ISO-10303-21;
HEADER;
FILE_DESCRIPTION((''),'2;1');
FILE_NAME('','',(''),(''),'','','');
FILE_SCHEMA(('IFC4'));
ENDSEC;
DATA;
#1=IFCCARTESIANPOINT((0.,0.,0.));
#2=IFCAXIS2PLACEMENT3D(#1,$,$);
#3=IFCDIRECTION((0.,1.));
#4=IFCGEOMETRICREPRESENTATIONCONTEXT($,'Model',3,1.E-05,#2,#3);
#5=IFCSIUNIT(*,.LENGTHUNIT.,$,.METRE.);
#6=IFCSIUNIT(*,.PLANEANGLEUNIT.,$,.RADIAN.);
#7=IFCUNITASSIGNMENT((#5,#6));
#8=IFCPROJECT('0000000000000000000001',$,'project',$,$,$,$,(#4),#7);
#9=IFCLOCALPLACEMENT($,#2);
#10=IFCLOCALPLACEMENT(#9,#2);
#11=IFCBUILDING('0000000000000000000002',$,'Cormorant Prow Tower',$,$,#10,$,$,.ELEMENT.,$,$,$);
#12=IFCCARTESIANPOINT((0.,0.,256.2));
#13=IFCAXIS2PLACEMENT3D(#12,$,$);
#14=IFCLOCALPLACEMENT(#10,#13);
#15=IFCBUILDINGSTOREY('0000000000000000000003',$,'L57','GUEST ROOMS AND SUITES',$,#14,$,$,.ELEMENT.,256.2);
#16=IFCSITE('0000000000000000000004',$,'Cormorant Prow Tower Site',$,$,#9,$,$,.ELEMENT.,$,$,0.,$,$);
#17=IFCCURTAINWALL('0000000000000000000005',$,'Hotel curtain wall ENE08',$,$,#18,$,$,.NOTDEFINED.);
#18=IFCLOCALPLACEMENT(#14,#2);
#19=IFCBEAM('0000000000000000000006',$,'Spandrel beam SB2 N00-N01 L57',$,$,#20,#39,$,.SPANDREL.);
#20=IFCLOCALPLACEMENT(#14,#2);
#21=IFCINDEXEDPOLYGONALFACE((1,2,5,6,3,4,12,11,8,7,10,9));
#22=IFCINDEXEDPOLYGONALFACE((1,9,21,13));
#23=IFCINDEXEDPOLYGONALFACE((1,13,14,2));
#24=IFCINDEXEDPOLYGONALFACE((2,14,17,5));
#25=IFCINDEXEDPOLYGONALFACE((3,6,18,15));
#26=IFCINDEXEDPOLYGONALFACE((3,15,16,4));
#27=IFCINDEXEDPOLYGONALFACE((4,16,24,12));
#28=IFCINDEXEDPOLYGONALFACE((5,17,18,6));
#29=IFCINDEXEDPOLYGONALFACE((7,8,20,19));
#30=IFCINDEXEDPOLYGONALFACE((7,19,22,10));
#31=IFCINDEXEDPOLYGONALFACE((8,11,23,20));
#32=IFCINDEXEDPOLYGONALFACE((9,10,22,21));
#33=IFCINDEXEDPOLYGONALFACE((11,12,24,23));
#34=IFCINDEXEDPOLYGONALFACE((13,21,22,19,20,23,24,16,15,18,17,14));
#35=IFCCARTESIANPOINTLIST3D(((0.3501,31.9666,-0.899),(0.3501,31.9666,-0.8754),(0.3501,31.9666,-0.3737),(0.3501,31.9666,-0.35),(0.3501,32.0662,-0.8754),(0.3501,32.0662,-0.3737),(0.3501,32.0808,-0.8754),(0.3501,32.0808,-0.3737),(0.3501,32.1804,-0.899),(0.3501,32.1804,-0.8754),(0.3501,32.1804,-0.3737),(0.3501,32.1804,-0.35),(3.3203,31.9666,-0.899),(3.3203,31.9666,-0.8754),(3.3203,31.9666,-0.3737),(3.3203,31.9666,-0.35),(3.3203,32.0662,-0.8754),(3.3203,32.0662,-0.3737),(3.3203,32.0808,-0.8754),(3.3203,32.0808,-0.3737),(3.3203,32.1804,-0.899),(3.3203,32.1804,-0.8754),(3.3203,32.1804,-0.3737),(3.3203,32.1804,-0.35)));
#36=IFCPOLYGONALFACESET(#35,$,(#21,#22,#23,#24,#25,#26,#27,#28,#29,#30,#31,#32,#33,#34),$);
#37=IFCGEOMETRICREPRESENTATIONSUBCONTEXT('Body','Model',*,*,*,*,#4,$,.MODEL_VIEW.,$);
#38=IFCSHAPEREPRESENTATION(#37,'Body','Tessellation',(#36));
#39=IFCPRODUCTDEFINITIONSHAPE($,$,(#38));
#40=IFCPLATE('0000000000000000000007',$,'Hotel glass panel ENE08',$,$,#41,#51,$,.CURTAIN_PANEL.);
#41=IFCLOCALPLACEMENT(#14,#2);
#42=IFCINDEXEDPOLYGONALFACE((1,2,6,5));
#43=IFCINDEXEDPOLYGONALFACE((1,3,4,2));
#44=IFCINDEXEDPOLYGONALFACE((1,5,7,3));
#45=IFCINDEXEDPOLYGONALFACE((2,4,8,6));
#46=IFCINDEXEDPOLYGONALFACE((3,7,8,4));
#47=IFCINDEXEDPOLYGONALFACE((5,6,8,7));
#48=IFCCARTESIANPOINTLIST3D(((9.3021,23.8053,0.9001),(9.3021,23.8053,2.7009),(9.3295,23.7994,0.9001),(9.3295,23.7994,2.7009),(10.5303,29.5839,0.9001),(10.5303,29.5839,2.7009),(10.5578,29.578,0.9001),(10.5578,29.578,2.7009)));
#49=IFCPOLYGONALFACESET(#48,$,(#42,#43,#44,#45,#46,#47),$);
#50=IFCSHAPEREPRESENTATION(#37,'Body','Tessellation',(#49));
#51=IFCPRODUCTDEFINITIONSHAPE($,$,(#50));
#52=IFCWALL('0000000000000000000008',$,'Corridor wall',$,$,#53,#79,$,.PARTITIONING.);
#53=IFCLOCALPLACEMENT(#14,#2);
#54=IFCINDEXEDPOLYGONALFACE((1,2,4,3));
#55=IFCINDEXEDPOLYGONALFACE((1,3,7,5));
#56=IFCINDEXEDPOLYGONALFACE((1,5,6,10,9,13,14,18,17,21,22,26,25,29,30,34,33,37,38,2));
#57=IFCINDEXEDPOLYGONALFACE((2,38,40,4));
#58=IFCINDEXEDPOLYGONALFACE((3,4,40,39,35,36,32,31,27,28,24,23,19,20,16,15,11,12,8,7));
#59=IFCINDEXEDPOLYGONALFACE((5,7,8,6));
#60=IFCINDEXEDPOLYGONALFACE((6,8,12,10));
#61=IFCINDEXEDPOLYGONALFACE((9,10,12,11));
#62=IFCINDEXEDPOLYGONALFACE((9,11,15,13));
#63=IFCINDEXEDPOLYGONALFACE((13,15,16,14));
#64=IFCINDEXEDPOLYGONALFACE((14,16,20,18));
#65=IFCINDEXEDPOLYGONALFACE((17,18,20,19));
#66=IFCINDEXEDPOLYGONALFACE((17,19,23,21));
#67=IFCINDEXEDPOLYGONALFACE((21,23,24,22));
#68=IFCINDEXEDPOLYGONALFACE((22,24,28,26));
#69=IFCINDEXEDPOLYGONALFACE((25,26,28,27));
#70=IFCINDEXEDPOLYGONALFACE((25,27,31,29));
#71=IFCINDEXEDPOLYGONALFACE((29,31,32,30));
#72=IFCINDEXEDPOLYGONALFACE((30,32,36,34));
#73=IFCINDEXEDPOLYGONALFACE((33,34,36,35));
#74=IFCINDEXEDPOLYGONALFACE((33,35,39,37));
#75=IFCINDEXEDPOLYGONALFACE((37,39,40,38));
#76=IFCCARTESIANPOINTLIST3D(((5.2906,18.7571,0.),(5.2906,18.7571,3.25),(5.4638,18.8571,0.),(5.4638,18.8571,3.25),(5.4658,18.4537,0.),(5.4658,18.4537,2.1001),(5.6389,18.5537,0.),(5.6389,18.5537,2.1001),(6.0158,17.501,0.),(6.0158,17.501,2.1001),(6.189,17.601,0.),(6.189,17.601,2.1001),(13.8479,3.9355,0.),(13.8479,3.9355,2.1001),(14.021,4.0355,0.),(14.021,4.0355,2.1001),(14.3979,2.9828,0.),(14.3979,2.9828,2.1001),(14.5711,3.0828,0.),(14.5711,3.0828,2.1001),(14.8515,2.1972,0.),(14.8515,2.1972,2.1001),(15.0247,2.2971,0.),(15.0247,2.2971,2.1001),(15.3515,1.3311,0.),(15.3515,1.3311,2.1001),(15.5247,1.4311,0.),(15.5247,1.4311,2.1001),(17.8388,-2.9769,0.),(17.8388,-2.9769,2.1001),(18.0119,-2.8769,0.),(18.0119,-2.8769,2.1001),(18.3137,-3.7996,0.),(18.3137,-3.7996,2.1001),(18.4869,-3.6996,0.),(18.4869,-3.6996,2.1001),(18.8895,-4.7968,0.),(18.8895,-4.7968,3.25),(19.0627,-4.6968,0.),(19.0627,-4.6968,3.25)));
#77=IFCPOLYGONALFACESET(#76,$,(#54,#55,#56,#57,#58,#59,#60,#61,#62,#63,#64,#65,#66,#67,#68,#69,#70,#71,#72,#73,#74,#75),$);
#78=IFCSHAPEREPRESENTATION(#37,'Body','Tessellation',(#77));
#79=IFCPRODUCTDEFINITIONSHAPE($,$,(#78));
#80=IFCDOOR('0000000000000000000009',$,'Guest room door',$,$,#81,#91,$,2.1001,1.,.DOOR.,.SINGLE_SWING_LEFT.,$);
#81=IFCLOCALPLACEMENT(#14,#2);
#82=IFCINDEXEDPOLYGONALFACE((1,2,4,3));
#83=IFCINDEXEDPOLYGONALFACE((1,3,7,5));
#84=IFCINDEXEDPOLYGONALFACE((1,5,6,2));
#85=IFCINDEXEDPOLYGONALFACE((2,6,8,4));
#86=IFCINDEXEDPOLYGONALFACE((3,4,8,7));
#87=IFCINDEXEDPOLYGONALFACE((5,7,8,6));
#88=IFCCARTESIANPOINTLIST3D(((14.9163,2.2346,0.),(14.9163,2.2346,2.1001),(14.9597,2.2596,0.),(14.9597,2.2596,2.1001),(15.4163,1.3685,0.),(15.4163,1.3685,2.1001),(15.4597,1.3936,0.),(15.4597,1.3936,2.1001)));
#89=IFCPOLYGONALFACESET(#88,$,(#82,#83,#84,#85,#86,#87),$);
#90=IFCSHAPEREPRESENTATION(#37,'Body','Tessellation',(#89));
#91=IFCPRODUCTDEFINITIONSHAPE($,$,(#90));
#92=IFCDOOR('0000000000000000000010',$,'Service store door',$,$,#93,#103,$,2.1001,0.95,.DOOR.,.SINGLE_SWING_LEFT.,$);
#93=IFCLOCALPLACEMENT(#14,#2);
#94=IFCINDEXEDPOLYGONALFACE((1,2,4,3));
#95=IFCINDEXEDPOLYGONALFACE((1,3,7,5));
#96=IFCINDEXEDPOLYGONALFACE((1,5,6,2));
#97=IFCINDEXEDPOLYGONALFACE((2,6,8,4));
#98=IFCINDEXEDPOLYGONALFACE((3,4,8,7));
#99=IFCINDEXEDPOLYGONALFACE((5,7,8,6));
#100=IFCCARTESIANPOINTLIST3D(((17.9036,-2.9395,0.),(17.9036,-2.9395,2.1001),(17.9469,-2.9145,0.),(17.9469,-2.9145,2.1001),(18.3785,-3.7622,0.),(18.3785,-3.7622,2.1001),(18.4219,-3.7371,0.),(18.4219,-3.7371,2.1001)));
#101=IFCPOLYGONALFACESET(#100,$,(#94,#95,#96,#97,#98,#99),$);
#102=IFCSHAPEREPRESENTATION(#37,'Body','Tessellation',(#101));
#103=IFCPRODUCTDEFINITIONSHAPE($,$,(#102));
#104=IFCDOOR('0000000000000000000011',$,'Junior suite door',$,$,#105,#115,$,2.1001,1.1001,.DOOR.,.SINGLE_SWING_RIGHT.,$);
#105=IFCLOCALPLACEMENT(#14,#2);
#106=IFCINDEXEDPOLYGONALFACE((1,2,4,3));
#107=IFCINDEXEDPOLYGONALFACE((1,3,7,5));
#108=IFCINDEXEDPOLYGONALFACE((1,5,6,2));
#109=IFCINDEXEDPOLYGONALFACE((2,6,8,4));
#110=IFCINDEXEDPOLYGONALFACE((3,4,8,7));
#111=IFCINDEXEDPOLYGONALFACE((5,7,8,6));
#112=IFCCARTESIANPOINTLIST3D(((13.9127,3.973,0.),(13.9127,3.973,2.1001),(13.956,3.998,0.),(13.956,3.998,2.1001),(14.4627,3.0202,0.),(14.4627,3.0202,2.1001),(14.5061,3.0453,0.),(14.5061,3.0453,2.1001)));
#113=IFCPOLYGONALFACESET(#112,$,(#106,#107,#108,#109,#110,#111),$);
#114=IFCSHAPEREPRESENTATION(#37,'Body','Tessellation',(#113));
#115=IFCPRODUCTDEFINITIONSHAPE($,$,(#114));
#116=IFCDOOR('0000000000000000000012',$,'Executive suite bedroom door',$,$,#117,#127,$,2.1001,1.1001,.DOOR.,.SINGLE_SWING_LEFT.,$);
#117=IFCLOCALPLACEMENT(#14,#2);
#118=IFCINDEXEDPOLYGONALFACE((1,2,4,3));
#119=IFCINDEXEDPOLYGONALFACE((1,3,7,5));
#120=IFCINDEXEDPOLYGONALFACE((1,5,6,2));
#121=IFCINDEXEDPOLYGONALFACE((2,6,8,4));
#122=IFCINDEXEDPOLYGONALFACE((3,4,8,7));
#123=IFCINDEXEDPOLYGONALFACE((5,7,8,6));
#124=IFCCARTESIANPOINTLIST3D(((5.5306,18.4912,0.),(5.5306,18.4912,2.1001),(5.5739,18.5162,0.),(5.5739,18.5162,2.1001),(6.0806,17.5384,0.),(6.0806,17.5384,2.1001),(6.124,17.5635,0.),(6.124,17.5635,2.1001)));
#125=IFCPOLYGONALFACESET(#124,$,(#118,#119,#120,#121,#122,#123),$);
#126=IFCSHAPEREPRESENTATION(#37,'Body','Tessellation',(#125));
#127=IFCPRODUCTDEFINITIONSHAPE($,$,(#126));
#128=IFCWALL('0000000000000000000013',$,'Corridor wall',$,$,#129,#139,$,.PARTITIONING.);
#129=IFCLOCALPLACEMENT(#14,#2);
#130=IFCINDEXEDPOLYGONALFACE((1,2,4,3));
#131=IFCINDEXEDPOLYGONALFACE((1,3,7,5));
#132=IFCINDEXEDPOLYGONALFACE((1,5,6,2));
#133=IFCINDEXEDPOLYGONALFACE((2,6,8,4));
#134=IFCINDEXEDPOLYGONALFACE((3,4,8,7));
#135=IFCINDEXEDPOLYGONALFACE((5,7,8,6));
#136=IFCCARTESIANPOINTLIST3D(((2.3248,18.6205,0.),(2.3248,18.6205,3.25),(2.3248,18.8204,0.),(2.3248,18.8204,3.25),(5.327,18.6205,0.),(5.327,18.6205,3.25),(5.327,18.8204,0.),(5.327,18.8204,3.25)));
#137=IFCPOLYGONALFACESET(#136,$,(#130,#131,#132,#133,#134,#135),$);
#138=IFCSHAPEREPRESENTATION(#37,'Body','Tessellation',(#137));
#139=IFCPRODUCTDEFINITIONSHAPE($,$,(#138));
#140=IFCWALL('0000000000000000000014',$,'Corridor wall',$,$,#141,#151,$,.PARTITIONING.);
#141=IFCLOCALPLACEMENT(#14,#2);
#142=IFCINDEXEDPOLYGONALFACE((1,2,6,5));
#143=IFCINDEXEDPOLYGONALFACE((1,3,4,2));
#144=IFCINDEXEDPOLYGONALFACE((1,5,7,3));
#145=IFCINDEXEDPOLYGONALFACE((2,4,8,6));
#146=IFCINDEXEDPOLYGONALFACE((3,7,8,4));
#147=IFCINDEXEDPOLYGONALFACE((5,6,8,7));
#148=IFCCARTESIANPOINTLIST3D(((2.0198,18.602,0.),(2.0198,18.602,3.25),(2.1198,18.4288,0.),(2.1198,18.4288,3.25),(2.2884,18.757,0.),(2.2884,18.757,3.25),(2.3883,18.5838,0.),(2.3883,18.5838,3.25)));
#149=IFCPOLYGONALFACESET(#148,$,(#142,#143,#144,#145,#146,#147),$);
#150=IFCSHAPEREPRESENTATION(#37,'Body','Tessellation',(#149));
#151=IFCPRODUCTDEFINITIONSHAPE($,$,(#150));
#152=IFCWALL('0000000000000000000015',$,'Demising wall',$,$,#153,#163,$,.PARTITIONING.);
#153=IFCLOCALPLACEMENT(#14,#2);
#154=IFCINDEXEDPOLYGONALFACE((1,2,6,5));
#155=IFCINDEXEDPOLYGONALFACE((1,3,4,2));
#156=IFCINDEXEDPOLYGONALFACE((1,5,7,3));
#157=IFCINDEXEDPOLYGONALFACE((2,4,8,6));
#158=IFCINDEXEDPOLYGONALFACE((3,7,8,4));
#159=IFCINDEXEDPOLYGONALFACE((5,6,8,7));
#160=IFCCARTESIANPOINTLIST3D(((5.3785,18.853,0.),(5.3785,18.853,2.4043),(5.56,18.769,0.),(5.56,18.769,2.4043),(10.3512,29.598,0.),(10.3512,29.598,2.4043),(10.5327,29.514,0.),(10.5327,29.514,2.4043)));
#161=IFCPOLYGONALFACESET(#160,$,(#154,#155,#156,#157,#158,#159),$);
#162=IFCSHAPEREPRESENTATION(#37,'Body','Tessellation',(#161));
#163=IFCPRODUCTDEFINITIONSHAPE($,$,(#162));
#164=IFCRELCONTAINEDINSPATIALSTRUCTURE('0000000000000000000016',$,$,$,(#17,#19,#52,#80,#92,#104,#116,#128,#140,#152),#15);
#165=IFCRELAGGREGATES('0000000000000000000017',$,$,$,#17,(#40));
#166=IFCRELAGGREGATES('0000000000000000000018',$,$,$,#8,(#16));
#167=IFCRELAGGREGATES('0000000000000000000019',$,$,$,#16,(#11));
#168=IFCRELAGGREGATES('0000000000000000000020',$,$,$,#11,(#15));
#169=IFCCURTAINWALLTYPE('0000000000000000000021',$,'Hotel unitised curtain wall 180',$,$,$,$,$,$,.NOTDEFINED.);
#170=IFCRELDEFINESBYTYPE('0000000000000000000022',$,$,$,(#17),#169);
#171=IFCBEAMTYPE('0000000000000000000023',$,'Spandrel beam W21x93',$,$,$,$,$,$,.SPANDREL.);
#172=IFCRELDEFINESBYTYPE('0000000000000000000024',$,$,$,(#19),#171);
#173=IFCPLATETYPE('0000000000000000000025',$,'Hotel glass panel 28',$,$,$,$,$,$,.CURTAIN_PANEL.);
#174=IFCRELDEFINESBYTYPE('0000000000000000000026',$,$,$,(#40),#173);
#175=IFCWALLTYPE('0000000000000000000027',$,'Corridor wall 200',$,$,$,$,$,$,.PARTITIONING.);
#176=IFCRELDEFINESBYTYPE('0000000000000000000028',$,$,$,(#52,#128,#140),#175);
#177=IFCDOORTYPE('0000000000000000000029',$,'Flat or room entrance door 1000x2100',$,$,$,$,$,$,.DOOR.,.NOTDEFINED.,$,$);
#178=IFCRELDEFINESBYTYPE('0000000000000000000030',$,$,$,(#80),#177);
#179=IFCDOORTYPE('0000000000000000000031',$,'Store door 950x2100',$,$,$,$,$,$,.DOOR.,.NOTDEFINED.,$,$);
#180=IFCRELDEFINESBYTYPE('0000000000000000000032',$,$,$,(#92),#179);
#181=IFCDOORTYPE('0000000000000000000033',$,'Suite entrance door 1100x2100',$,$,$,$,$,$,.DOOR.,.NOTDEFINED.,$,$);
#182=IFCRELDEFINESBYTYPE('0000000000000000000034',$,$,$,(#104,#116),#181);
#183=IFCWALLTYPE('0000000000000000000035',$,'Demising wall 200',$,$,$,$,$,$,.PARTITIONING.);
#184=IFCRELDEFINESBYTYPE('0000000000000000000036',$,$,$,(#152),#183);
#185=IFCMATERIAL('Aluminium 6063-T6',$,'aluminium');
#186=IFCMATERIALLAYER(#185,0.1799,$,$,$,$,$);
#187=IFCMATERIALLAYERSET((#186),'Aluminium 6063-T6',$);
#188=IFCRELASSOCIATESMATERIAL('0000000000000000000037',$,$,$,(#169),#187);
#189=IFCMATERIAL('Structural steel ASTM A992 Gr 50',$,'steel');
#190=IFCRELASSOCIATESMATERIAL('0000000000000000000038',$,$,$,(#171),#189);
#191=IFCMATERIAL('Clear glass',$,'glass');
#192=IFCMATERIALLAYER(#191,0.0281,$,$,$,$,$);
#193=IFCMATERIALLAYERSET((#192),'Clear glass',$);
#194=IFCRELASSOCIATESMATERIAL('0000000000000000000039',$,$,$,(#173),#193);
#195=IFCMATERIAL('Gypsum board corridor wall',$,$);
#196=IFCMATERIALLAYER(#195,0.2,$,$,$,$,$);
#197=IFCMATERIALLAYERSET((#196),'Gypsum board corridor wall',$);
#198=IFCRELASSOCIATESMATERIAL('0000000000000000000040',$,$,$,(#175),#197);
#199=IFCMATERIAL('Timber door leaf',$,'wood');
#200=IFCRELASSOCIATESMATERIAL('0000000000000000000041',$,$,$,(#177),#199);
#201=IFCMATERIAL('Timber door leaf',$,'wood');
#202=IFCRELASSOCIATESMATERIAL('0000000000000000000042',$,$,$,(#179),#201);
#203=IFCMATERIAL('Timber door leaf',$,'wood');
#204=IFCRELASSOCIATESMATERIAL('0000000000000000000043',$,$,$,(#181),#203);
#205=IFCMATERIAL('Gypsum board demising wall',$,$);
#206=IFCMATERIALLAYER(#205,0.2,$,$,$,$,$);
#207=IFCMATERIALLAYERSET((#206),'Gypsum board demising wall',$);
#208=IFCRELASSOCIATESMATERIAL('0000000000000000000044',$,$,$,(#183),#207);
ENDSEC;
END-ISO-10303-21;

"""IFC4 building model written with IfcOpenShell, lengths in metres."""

from ifc_helpers import new_model, si_unit, direction, frame, frame_2d, origin, origin_2d, place, context, subcontext, project, spatial, rectangle, i_section, extrude, material, layer, layer_set, material_profile, profile_set, type_object, element, fill, aggregate, save


model = new_model("IFC4")

# Units and contexts
model_context = context("Model", 3, precision=1e-05, world=origin(), true_north=direction((0.0, 1.0)))
body_context = subcontext(model_context, "Body", "Model", "MODEL_VIEW")
ifc_project = project(units=[si_unit("LENGTHUNIT", "METRE"), si_unit("PLANEANGLEUNIT", "RADIAN")], contexts=[model_context])

# Site, building, storey
site_placement = place(None, origin())
site = spatial("IfcSite", under=ifc_project, at=site_placement, Name="Cormorant Prow Tower Site", CompositionType="ELEMENT", RefElevation=0.0)
building_placement = place(site_placement, origin())
building = spatial("IfcBuilding", under=site, at=building_placement, Name="Cormorant Prow Tower", CompositionType="ELEMENT")
storey_placement = place(building_placement, frame((0.0, 0.0, 256.2)))
storey = spatial("IfcBuildingStorey", under=building, at=storey_placement, Name="L57", Description="GUEST ROOMS AND SUITES", CompositionType="ELEMENT", Elevation=256.2)

# Curtain wall
ifc_material_1 = material(Name="Aluminium 6063-T6", Category="aluminium")
ifc_layer_1 = layer(ifc_material_1, 0.1799)
ifc_layer_set_1 = layer_set([ifc_layer_1], Name="Aluminium 6063-T6")
curtain_wall_type = type_object("IfcCurtainWallType", Name="Hotel unitised curtain wall 180", PredefinedType="NOTDEFINED", material=ifc_layer_set_1)
curtain_wall_placement = place(storey_placement, origin())
curtain_wall = element("IfcCurtainWall", 1, at=curtain_wall_placement, inside=storey, type_object=curtain_wall_type, Name="Hotel curtain wall ENE08", PredefinedType="NOTDEFINED")

# Beam
ifc_material_2 = material(Name="Structural steel ASTM A992 Gr 50", Category="steel")
ifc_material_profile_1 = material_profile(ifc_material_2, i_section(OverallWidth=0.2139, OverallDepth=0.5491, WebThickness=0.0146, FlangeThickness=0.0237, at=origin_2d()), Name="W21x93")
ifc_profile_set_1 = profile_set([ifc_material_profile_1], Name="Structural steel ASTM A992 Gr 50")
beam_type = type_object("IfcBeamType", Name="Spandrel beam W21x93", PredefinedType="SPANDREL", material=ifc_profile_set_1)
beam_1_placement = place(storey_placement, frame((3.3203, 32.0735, -0.6245), z_axis=(-1.0, 0.0, 0.0), x_axis=(0.0, -1.0, 0.0)))
element("IfcBeam", 2, at=beam_1_placement, inside=storey, type_object=beam_type, Name="Spandrel beam SB2 N00-N01 L57", PredefinedType="SPANDREL", context=body_context, shape_type="SweptSolid", body=[
    extrude(i_section(OverallWidth=0.2139, OverallDepth=0.5491, WebThickness=0.0146, FlangeThickness=0.0237, at=origin_2d()), origin(), (0.0, 0.0, 1.0), 2.9702),
])

# Plate
ifc_material_3 = material(Name="Clear glass", Category="glass")
ifc_layer_2 = layer(ifc_material_3, 0.0281)
ifc_layer_set_2 = layer_set([ifc_layer_2], Name="Clear glass")
plate_type = type_object("IfcPlateType", Name="Hotel glass panel 28", PredefinedType="CURTAIN_PANEL", material=ifc_layer_set_2)
plate_placement = place(storey_placement, frame((9.9299, 26.6917, 0.9001), z_axis=(0.0, 0.0, 1.0), x_axis=(0.207912, 0.978148, 0.0)))
plate = element("IfcPlate", 3, at=plate_placement, type_object=plate_type, Name="Hotel glass panel ENE08", PredefinedType="CURTAIN_PANEL", context=body_context, shape_type="SweptSolid", body=[
    extrude(rectangle(XDim=5.9077, YDim=0.0281, at=origin_2d()), origin(), (0.0, 0.0, 1.0), 1.8008),
])
aggregate(curtain_wall, [plate])

# Wall, openings, doors
ifc_material_4 = material(Name="Gypsum board corridor wall")
ifc_layer_3 = layer(ifc_material_4, 0.2)
ifc_layer_set_3 = layer_set([ifc_layer_3], Name="Gypsum board corridor wall")
wall_type_1 = type_object("IfcWallType", Name="Corridor wall 200", PredefinedType="PARTITIONING", material=ifc_layer_set_3)
wall_1_placement = place(storey_placement, frame((5.3772, 18.8071, 0.0), z_axis=(0.0, 0.0, 1.0), x_axis=(0.5, -0.866025, 0.0)))
wall_1 = element("IfcWall", 4, at=wall_1_placement, inside=storey, type_object=wall_type_1, Name="Corridor wall", PredefinedType="PARTITIONING", context=body_context, shape_type="SweptSolid", body=[
    extrude(rectangle(XDim=27.1978, YDim=0.2, at=frame_2d((13.5989, 0.0))), origin(), (0.0, 0.0, 1.0), 3.25),
])
opening_1_placement = place(wall_1_placement, frame((25.0962, 0.0, 0.0)))
opening_1 = element("IfcOpeningElement", 5, at=opening_1_placement, cuts=wall_1, PredefinedType="OPENING", context=body_context, shape_type="SweptSolid", body=[
    extrude(rectangle(XDim=0.95, YDim=2.1001, at=frame_2d((0.4751, 1.05))), frame((0.0, 0.1099, 0.0), z_axis=(0.0, -1.0, 0.0), x_axis=(1.0, 0.0, 0.0)), (0.0, 0.0, 1.0), 0.22),
])
opening_2_placement = place(wall_1_placement, frame((19.1218, 0.0, 0.0)))
opening_2 = element("IfcOpeningElement", 6, at=opening_2_placement, cuts=wall_1, PredefinedType="OPENING", context=body_context, shape_type="SweptSolid", body=[
    extrude(rectangle(XDim=1.0, YDim=2.1001, at=frame_2d((0.5, 1.05))), frame((0.0, 0.1099, 0.0), z_axis=(0.0, -1.0, 0.0), x_axis=(1.0, 0.0, 0.0)), (0.0, 0.0, 1.0), 0.22),
])
opening_3_placement = place(wall_1_placement, frame((17.1145, 0.0, 0.0)))
opening_3 = element("IfcOpeningElement", 7, at=opening_3_placement, cuts=wall_1, PredefinedType="OPENING", context=body_context, shape_type="SweptSolid", body=[
    extrude(rectangle(XDim=1.1001, YDim=2.1001, at=frame_2d((0.55, 1.05))), frame((0.0, 0.1099, 0.0), z_axis=(0.0, -1.0, 0.0), x_axis=(1.0, 0.0, 0.0)), (0.0, 0.0, 1.0), 0.22),
])
opening_4_placement = place(wall_1_placement, frame((0.3503, 0.0, 0.0)))
opening_4 = element("IfcOpeningElement", 8, at=opening_4_placement, cuts=wall_1, PredefinedType="OPENING", context=body_context, shape_type="SweptSolid", body=[
    extrude(rectangle(XDim=1.1001, YDim=2.1001, at=frame_2d((0.55, 1.05))), frame((0.0, 0.1099, 0.0), z_axis=(0.0, -1.0, 0.0), x_axis=(1.0, 0.0, 0.0)), (0.0, 0.0, 1.0), 0.22),
])
ifc_material_5 = material(Name="Timber door leaf", Category="wood")
door_type_1 = type_object("IfcDoorType", Name="Flat or room entrance door 1000x2100", OperationType="NOTDEFINED", PredefinedType="DOOR", material=ifc_material_5)
door_1_placement = place(opening_2_placement, origin())
door_1 = element("IfcDoor", 9, at=door_1_placement, inside=storey, type_object=door_type_1, Name="Guest room door", OperationType="SINGLE_SWING_LEFT", OverallHeight=2.1001, OverallWidth=1.0, PredefinedType="DOOR", context=body_context, shape_type="SweptSolid", body=[
    extrude(rectangle(XDim=1.0, YDim=2.1001, at=frame_2d((0.5, 1.05))), frame((0.0, 0.0249, 0.0), z_axis=(0.0, -1.0, 0.0), x_axis=(1.0, 0.0, 0.0)), (0.0, 0.0, 1.0), 0.05),
])
fill(opening_2, door_1)
ifc_material_6 = material(Name="Timber door leaf", Category="wood")
door_type_2 = type_object("IfcDoorType", Name="Store door 950x2100", OperationType="NOTDEFINED", PredefinedType="DOOR", material=ifc_material_6)
door_2_placement = place(opening_1_placement, origin())
door_2 = element("IfcDoor", 10, at=door_2_placement, inside=storey, type_object=door_type_2, Name="Service store door", OperationType="SINGLE_SWING_LEFT", OverallHeight=2.1001, OverallWidth=0.95, PredefinedType="DOOR", context=body_context, shape_type="SweptSolid", body=[
    extrude(rectangle(XDim=0.95, YDim=2.1001, at=frame_2d((0.4751, 1.05))), frame((0.0, 0.0249, 0.0), z_axis=(0.0, -1.0, 0.0), x_axis=(1.0, 0.0, 0.0)), (0.0, 0.0, 1.0), 0.05),
])
fill(opening_1, door_2)
ifc_material_7 = material(Name="Timber door leaf", Category="wood")
door_type_3 = type_object("IfcDoorType", Name="Suite entrance door 1100x2100", OperationType="NOTDEFINED", PredefinedType="DOOR", material=ifc_material_7)
door_3_placement = place(opening_3_placement, origin())
door_3 = element("IfcDoor", 11, at=door_3_placement, inside=storey, type_object=door_type_3, Name="Junior suite door", OperationType="SINGLE_SWING_RIGHT", OverallHeight=2.1001, OverallWidth=1.1001, PredefinedType="DOOR", context=body_context, shape_type="SweptSolid", body=[
    extrude(rectangle(XDim=1.1001, YDim=2.1001, at=frame_2d((0.55, 1.05))), frame((0.0, 0.0249, 0.0), z_axis=(0.0, -1.0, 0.0), x_axis=(1.0, 0.0, 0.0)), (0.0, 0.0, 1.0), 0.05),
])
fill(opening_3, door_3)
door_4_placement = place(opening_4_placement, origin())
door_4 = element("IfcDoor", 12, at=door_4_placement, inside=storey, type_object=door_type_3, Name="Executive suite bedroom door", OperationType="SINGLE_SWING_LEFT", OverallHeight=2.1001, OverallWidth=1.1001, PredefinedType="DOOR", context=body_context, shape_type="SweptSolid", body=[
    extrude(rectangle(XDim=1.1001, YDim=2.1001, at=frame_2d((0.55, 1.05))), frame((0.0, 0.0249, 0.0), z_axis=(0.0, -1.0, 0.0), x_axis=(1.0, 0.0, 0.0)), (0.0, 0.0, 1.0), 0.05),
])
fill(opening_4, door_4)

# Walls
wall_2_placement = place(storey_placement, frame((2.325, 18.7205, 0.0), z_axis=(0.0, 0.0, 1.0), x_axis=(1.0, 0.0, 0.0)))
element("IfcWall", 13, at=wall_2_placement, inside=storey, type_object=wall_type_1, Name="Corridor wall", PredefinedType="PARTITIONING", context=body_context, shape_type="SweptSolid", body=[
    extrude(rectangle(XDim=3.0022, YDim=0.2, at=frame_2d((1.501, 0.0))), origin(), (0.0, 0.0, 1.0), 3.25),
])
wall_3_placement = place(storey_placement, frame((2.0698, 18.5154, 0.0), z_axis=(0.0, 0.0, 1.0), x_axis=(0.866054, 0.49995, 0.0)))
element("IfcWall", 14, at=wall_3_placement, inside=storey, type_object=wall_type_1, Name="Corridor wall", PredefinedType="PARTITIONING", context=body_context, shape_type="SweptSolid", body=[
    extrude(rectangle(XDim=0.3101, YDim=0.2, at=frame_2d((0.155, 0.0))), origin(), (0.0, 0.0, 1.0), 3.25),
])
ifc_material_8 = material(Name="Gypsum board demising wall")
ifc_layer_4 = layer(ifc_material_8, 0.2)
ifc_layer_set_4 = layer_set([ifc_layer_4], Name="Gypsum board demising wall")
wall_type_2 = type_object("IfcWallType", Name="Demising wall 200", PredefinedType="PARTITIONING", material=ifc_layer_set_4)
wall_4_placement = place(storey_placement, frame((5.4692, 18.811, 0.0), z_axis=(0.0, 0.0, 1.0), x_axis=(0.419997, 0.907526, 0.0)))
element("IfcWall", 15, at=wall_4_placement, inside=storey, type_object=wall_type_2, Name="Demising wall", PredefinedType="PARTITIONING", context=body_context, shape_type="SweptSolid", body=[
    extrude(rectangle(XDim=11.8398, YDim=0.2, at=frame_2d((5.9199, 0.0))), origin(), (0.0, 0.0, 1.0), 2.4043),
])

save(model, "model.ifc")
